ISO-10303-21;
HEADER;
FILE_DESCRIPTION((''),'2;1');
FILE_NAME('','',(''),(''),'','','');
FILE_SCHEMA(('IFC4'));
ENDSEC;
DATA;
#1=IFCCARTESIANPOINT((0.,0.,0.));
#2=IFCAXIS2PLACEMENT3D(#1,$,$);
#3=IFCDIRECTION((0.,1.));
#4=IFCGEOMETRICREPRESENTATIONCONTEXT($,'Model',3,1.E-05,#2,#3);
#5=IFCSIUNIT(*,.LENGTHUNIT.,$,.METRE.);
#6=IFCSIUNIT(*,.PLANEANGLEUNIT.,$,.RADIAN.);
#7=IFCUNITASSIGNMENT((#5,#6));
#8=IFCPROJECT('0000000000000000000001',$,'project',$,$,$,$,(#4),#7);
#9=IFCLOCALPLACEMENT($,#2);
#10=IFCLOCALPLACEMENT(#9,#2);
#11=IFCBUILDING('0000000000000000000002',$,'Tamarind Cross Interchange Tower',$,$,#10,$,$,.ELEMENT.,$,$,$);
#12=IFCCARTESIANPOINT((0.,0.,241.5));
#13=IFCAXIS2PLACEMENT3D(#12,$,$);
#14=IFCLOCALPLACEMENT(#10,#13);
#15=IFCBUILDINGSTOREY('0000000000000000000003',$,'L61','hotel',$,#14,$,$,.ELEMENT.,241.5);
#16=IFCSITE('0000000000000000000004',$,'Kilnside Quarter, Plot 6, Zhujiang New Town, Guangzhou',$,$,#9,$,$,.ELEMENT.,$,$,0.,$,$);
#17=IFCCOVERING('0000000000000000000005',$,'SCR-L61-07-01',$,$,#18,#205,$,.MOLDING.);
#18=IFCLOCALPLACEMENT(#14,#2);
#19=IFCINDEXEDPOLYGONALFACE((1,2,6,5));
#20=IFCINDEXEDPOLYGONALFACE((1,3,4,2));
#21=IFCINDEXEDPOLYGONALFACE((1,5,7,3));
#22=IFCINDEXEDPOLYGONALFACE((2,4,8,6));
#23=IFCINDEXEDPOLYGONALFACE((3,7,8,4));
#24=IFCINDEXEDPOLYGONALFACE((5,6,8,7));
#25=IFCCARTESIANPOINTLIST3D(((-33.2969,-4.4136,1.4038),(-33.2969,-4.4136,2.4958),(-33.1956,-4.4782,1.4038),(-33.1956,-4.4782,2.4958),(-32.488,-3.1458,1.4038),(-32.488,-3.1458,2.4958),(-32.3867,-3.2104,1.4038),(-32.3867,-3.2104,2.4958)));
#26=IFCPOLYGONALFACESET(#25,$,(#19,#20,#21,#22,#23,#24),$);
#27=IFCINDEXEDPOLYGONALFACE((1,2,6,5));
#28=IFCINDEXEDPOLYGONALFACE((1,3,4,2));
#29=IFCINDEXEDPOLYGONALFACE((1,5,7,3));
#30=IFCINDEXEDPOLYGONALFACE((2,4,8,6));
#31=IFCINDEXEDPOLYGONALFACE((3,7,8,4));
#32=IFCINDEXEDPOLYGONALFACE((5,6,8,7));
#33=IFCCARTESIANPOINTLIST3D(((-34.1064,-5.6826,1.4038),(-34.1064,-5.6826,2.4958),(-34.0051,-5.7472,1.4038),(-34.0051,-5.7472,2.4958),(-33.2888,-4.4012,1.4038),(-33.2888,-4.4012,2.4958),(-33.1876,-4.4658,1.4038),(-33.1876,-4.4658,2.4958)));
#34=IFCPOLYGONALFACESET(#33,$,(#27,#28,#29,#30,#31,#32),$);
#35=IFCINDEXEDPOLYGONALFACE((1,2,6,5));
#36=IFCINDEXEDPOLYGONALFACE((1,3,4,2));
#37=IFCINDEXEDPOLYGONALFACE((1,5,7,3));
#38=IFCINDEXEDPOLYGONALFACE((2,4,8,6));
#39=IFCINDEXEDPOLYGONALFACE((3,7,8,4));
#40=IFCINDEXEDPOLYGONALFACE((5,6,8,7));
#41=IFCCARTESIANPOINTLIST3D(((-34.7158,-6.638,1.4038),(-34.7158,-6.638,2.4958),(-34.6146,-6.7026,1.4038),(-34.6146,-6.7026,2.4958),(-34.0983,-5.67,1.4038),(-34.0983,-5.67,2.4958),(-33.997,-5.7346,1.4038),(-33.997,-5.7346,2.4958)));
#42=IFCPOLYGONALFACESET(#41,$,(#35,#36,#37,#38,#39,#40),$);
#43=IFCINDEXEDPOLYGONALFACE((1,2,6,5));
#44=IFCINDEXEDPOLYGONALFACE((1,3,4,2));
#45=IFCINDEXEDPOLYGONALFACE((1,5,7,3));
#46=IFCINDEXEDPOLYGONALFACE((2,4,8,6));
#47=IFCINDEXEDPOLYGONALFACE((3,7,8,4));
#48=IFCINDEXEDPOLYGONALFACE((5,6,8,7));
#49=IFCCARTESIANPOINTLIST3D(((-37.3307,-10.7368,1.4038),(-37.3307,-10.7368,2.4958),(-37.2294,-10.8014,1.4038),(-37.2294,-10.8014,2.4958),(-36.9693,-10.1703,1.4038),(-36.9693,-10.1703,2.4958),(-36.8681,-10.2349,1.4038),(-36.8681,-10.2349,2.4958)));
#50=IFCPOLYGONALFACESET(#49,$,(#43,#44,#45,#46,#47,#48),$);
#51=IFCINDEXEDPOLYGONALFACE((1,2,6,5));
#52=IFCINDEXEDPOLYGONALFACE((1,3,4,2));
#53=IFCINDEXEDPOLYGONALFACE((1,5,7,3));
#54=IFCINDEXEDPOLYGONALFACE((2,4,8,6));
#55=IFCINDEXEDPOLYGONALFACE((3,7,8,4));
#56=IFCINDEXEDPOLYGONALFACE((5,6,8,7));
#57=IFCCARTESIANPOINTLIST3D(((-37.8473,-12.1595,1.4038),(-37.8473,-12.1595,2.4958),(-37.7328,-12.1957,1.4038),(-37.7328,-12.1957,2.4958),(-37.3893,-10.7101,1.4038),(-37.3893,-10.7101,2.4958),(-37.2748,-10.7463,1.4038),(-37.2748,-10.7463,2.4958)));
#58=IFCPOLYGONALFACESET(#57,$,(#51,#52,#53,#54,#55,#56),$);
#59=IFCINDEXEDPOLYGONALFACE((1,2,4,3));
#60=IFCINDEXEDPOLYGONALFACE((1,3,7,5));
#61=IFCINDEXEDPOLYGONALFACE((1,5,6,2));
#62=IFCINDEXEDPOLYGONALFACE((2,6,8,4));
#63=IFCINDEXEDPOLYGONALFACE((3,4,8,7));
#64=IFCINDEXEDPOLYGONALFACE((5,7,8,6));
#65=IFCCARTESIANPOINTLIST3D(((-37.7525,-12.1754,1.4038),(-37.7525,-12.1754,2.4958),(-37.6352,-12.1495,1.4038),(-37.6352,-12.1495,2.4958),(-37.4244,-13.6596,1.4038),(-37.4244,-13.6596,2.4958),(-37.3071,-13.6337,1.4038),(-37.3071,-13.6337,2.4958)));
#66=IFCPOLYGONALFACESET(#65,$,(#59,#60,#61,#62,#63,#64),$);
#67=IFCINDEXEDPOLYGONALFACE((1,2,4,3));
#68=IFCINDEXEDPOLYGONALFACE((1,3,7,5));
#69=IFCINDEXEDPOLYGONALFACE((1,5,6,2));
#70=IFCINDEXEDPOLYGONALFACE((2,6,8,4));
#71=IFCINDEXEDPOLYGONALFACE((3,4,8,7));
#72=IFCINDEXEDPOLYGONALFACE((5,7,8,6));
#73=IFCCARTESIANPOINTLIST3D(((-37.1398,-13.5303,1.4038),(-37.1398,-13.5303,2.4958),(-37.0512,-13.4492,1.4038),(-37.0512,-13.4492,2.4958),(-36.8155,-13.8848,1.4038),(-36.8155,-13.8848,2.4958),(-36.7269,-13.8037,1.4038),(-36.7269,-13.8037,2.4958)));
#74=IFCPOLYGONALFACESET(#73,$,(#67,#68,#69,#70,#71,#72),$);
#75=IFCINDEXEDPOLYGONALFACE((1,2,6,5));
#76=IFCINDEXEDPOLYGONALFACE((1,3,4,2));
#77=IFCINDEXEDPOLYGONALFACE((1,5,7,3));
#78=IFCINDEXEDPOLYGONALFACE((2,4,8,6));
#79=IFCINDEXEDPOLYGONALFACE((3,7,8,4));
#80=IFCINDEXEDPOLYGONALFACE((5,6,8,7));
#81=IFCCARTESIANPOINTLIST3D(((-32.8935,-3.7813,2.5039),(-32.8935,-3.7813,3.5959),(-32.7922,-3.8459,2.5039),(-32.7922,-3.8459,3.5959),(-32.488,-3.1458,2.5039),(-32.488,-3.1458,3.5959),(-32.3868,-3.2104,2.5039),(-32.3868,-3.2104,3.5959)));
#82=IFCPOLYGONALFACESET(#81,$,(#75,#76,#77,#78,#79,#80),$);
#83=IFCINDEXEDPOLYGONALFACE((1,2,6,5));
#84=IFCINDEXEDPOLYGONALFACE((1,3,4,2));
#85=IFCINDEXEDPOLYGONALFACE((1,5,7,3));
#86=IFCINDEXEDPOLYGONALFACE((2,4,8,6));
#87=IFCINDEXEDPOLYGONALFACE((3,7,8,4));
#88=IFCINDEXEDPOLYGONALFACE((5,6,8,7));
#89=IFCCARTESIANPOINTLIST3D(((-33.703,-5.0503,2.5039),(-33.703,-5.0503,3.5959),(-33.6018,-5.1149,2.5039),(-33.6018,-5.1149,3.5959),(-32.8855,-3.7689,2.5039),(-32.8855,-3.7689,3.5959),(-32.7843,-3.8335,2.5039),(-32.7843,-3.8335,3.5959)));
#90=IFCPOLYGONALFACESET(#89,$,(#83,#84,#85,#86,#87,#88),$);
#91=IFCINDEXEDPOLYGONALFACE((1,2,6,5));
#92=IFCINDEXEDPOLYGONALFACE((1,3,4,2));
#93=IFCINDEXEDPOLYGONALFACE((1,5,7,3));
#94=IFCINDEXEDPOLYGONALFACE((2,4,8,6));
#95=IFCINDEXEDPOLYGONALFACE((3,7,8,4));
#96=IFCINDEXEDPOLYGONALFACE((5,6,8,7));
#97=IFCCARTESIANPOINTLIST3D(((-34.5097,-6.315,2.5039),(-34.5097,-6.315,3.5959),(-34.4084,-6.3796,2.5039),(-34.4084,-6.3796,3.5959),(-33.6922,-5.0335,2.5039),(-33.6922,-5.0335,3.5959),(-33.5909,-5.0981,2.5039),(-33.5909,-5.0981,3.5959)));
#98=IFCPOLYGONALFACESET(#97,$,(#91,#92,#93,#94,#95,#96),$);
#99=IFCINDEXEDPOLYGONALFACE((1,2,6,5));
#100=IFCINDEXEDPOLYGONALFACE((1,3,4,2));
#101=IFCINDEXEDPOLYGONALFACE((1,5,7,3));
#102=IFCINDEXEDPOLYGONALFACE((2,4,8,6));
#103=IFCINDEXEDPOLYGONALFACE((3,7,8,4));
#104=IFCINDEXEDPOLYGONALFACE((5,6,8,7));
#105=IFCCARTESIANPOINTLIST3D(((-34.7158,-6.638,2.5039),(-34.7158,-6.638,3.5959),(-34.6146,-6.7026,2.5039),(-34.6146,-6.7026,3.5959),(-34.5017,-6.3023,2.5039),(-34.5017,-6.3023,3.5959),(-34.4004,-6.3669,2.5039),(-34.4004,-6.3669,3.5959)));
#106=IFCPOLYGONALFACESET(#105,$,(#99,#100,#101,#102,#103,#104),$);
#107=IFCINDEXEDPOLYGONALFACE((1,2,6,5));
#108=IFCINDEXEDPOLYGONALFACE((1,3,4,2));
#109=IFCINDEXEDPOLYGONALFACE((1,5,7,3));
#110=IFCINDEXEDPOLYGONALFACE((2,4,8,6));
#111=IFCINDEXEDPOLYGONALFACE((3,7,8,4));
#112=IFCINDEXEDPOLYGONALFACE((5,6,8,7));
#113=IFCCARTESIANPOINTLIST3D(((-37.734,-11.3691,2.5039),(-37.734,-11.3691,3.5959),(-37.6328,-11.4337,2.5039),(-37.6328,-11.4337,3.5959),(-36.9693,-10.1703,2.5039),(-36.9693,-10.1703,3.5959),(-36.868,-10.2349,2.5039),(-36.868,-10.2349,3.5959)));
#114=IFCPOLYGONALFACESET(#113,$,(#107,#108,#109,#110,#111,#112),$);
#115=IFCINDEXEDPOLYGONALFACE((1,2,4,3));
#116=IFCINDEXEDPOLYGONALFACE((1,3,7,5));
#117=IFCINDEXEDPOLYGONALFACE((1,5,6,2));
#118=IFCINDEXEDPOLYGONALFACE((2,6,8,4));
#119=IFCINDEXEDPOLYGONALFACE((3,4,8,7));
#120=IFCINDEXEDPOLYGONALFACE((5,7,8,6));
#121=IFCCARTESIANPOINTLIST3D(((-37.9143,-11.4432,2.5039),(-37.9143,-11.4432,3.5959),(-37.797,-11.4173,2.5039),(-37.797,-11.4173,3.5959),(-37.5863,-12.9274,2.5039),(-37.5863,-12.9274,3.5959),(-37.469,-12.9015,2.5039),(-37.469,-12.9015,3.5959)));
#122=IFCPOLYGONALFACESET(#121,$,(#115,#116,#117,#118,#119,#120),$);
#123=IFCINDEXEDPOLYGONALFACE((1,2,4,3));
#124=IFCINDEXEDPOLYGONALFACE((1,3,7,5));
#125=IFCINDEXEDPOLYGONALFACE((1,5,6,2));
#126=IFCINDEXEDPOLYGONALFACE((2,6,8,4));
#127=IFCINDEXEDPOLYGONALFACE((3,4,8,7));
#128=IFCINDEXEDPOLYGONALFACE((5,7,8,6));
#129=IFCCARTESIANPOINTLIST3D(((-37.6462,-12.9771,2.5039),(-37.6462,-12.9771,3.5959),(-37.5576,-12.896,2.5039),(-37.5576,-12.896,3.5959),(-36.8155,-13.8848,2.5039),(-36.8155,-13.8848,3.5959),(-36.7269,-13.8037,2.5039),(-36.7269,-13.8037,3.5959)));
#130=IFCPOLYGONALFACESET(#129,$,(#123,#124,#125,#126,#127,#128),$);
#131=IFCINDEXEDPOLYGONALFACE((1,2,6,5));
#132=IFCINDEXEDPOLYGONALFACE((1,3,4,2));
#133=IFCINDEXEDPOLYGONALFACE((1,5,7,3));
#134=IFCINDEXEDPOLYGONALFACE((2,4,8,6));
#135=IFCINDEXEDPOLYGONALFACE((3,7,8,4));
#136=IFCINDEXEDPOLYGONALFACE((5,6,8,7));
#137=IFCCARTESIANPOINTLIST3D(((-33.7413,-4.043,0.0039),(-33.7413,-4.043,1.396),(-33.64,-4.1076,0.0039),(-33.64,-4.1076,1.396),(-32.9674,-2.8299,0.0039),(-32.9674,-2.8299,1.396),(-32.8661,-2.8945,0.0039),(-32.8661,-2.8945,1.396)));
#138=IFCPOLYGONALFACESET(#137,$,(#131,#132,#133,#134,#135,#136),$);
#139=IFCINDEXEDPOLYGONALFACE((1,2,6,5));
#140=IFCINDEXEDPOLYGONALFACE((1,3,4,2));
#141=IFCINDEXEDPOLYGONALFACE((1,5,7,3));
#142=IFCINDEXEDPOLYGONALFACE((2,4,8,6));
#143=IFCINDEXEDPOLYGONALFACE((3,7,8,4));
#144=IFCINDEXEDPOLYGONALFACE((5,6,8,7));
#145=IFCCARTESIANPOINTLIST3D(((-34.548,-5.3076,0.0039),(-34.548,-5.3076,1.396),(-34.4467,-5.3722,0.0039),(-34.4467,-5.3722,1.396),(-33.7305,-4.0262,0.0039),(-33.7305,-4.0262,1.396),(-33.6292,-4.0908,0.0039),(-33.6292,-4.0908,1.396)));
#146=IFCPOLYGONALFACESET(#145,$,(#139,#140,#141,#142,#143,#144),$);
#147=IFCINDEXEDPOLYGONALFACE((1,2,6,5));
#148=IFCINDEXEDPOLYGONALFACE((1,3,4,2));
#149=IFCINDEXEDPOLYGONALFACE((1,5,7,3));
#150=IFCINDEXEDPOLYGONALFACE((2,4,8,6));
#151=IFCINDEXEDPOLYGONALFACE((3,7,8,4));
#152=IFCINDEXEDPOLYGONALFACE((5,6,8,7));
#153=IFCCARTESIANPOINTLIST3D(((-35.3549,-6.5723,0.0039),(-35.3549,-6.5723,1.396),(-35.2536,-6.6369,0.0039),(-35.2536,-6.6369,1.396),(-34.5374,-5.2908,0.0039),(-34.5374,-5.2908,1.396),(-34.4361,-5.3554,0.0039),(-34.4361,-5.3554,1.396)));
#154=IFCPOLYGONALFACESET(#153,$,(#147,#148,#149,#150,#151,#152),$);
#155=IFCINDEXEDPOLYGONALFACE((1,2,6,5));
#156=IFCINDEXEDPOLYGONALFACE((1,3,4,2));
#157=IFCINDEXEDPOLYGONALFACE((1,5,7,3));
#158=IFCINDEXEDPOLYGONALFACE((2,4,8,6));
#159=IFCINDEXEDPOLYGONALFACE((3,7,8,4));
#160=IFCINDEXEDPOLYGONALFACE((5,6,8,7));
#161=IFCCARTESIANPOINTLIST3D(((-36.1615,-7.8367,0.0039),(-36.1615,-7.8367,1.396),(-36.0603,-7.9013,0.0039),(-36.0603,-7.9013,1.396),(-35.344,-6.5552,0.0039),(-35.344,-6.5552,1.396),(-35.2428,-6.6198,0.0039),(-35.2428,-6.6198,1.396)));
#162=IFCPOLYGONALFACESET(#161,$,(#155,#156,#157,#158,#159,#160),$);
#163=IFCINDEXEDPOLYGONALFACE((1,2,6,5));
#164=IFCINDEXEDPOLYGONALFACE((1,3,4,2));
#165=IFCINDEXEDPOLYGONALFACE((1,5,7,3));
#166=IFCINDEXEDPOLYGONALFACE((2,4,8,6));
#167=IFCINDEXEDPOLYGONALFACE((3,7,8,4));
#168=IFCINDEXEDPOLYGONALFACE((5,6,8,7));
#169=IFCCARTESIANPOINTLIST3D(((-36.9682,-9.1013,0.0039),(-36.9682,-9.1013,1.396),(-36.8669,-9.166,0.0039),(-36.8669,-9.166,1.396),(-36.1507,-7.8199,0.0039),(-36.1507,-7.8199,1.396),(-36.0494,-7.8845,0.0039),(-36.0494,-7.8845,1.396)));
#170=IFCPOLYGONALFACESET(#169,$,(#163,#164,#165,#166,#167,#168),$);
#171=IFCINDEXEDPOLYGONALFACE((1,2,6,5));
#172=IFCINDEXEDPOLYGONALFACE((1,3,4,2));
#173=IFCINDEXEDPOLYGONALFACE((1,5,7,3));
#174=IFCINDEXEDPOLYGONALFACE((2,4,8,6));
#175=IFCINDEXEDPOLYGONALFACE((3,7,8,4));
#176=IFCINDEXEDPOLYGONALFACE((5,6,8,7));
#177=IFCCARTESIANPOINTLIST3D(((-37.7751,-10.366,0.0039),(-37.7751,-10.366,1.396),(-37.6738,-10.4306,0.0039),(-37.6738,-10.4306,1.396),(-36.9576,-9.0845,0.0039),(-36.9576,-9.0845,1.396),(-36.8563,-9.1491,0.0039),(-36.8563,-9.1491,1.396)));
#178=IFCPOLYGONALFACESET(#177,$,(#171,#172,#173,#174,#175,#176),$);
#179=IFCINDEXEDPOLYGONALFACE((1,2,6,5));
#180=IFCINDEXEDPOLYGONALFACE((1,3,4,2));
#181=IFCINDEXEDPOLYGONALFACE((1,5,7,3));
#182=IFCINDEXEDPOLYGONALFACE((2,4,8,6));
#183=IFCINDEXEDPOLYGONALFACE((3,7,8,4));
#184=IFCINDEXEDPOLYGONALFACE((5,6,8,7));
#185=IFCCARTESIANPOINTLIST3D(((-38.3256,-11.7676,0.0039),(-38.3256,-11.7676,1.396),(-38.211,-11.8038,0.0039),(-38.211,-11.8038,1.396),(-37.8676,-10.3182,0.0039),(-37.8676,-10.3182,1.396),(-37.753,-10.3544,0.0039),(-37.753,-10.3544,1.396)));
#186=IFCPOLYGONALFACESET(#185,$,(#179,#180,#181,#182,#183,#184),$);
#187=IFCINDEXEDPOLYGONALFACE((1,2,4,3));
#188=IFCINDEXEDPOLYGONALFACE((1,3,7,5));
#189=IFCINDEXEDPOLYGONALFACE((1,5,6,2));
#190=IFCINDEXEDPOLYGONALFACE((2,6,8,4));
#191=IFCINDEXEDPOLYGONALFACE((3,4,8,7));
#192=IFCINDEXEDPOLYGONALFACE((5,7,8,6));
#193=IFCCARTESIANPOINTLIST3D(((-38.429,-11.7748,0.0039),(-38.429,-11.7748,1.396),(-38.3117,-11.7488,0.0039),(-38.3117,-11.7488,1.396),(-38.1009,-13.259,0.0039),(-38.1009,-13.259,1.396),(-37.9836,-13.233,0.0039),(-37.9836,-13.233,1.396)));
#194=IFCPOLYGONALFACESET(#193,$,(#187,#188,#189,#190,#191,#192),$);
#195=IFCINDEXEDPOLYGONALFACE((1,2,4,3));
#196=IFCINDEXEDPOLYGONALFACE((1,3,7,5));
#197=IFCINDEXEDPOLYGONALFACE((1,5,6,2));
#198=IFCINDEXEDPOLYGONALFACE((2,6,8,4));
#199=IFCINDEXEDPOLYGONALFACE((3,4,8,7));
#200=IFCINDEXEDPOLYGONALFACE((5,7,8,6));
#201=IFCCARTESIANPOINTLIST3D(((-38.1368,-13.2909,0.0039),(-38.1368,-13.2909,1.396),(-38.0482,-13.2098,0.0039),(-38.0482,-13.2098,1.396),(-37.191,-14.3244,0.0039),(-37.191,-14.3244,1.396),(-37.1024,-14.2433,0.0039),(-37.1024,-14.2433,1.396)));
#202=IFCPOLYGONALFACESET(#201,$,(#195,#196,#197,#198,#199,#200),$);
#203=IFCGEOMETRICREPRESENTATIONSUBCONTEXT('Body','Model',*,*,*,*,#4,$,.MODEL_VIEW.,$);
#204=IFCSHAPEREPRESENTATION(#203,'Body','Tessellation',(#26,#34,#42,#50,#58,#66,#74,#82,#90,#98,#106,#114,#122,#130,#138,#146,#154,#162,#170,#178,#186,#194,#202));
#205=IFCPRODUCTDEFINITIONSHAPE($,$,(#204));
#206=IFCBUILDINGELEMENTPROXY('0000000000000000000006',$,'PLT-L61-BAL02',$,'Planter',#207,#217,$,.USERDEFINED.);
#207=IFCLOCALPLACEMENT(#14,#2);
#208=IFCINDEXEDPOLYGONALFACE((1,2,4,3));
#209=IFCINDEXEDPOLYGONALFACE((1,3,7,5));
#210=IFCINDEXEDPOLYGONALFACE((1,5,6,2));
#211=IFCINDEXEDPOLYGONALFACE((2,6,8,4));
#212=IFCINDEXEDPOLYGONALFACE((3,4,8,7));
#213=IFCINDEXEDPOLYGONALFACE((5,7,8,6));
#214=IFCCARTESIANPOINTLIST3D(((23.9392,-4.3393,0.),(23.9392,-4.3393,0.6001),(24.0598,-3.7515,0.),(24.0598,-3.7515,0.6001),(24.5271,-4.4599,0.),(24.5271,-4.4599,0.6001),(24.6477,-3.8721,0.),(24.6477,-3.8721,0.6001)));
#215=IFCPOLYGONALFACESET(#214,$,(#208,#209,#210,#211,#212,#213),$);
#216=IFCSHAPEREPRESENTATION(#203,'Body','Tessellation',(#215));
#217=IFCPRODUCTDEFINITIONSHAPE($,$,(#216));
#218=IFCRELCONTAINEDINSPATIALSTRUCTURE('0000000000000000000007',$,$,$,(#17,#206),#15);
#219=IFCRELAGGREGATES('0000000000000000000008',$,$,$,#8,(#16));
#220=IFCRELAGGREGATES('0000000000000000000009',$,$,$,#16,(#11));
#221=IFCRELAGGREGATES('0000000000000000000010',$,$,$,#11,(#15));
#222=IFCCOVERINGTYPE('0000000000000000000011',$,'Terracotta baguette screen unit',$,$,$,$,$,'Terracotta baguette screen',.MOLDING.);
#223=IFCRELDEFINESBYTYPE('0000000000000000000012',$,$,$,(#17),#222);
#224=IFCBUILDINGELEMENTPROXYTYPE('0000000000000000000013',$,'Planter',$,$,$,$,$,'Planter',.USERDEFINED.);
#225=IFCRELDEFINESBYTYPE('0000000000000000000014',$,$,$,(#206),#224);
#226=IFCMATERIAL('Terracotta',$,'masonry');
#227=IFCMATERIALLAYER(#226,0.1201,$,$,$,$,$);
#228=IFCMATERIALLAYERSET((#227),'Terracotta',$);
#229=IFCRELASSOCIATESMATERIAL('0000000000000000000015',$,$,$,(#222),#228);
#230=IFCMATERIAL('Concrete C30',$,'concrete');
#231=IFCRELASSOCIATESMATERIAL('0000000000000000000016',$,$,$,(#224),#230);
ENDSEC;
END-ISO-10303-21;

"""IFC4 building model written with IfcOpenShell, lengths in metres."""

from ifc_helpers import new_model, si_unit, direction, frame, origin, origin_2d, place, context, subcontext, project, spatial, rectangle, extrude, material, layer, layer_set, type_object, element, save


model = new_model("IFC4")

# Units and contexts
model_context = context("Model", 3, precision=1e-05, world=origin(), true_north=direction((0.0, 1.0)))
body_context = subcontext(model_context, "Body", "Model", "MODEL_VIEW")
ifc_project = project(units=[si_unit("LENGTHUNIT", "METRE"), si_unit("PLANEANGLEUNIT", "RADIAN")], contexts=[model_context])

# Site, building, storey
site_placement = place(None, origin())
site = spatial("IfcSite", under=ifc_project, at=site_placement, Name="Kilnside Quarter, Plot 6, Zhujiang New Town, Guangzhou", CompositionType="ELEMENT", RefElevation=0.0)
building_placement = place(site_placement, origin())
building = spatial("IfcBuilding", under=site, at=building_placement, Name="Tamarind Cross Interchange Tower", CompositionType="ELEMENT")
storey_placement = place(building_placement, frame((0.0, 0.0, 241.5)))
storey = spatial("IfcBuildingStorey", under=building, at=storey_placement, Name="L61", Description="hotel", CompositionType="ELEMENT", Elevation=241.5)

# Covering
ifc_material_1 = material(Name="Terracotta", Category="masonry")
ifc_layer_1 = layer(ifc_material_1, 0.1201)
ifc_layer_set_1 = layer_set([ifc_layer_1], Name="Terracotta")
covering_type = type_object("IfcCoveringType", Name="Terracotta baguette screen unit", ElementType="Terracotta baguette screen", PredefinedType="MOLDING", material=ifc_layer_set_1)
covering_1_placement = place(storey_placement, origin())
element("IfcCovering", 1, at=covering_1_placement, inside=storey, type_object=covering_type, Name="SCR-L61-07-01", PredefinedType="MOLDING", context=body_context, shape_type="SweptSolid", body=[
    extrude(rectangle(XDim=1.5039, YDim=0.1201, at=origin_2d()), frame((-32.8418, -3.812, 1.4038), z_axis=(0.0, 0.0, 1.0), x_axis=(-0.537829, -0.843054, 0.0)), (0.0, 0.0, 1.0), 1.092),
    extrude(rectangle(XDim=1.52, YDim=0.1201, at=origin_2d()), frame((-33.647, -5.0742, 1.4038), z_axis=(0.0, 0.0, 1.0), x_axis=(-0.537829, -0.843054, 0.0)), (0.0, 0.0, 1.0), 1.092),
    extrude(rectangle(XDim=1.1482, YDim=0.1201, at=origin_2d()), frame((-34.3564, -6.1863, 1.4038), z_axis=(0.0, 0.0, 1.0), x_axis=(-0.537829, -0.843054, 0.0)), (0.0, 0.0, 1.0), 1.092),
    extrude(rectangle(XDim=0.6719, YDim=0.1201, at=origin_2d()), frame((-37.0994, -10.4858, 1.4038), z_axis=(0.0, 0.0, 1.0), x_axis=(-0.537829, -0.843054, 0.0)), (0.0, 0.0, 1.0), 1.092),
    extrude(rectangle(XDim=1.52, YDim=0.1201, at=origin_2d()), frame((-37.561, -11.4529, 1.4038), z_axis=(0.0, 0.0, 1.0), x_axis=(-0.301305, -0.953528, 0.0)), (0.0, 0.0, 1.0), 1.092),
    extrude(rectangle(XDim=1.52, YDim=0.1201, at=origin_2d()), frame((-37.5298, -12.9045, 1.4038), z_axis=(0.0, 0.0, 1.0), x_axis=(0.215826, -0.976432, 0.0)), (0.0, 0.0, 1.0), 1.092),
    extrude(rectangle(XDim=0.4805, YDim=0.1201, at=origin_2d()), frame((-36.9333, -13.667, 1.4038), z_axis=(0.0, 0.0, 1.0), x_axis=(0.675127, -0.737702, 0.0)), (0.0, 0.0, 1.0), 1.092),
    extrude(rectangle(XDim=0.7539, YDim=0.1201, at=origin_2d()), frame((-32.6401, -3.4958, 2.5039), z_axis=(0.0, 0.0, 1.0), x_axis=(-0.537829, -0.843054, 0.0)), (0.0, 0.0, 1.0), 1.092),
    extrude(rectangle(XDim=1.52, YDim=0.1201, at=origin_2d()), frame((-33.2437, -4.4419, 2.5039), z_axis=(0.0, 0.0, 1.0), x_axis=(-0.537829, -0.843054, 0.0)), (0.0, 0.0, 1.0), 1.092),
    extrude(rectangle(XDim=1.52, YDim=0.1201, at=origin_2d()), frame((-34.0503, -5.7065, 2.5039), z_axis=(0.0, 0.0, 1.0), x_axis=(-0.537829, -0.843054, 0.0)), (0.0, 0.0, 1.0), 1.092),
    extrude(rectangle(XDim=0.3982, YDim=0.1201, at=origin_2d()), frame((-34.5581, -6.5024, 2.5039), z_axis=(0.0, 0.0, 1.0), x_axis=(-0.537829, -0.843054, 0.0)), (0.0, 0.0, 1.0), 1.092),
    extrude(rectangle(XDim=1.4219, YDim=0.1201, at=origin_2d()), frame((-37.301, -10.802, 2.5039), z_axis=(0.0, 0.0, 1.0), x_axis=(-0.537829, -0.843054, 0.0)), (0.0, 0.0, 1.0), 1.092),
    extrude(rectangle(XDim=1.52, YDim=0.1201, at=origin_2d()), frame((-37.6917, -12.1724, 2.5039), z_axis=(0.0, 0.0, 1.0), x_axis=(0.215826, -0.976432, 0.0)), (0.0, 0.0, 1.0), 1.092),
    extrude(rectangle(XDim=1.2305, YDim=0.1201, at=origin_2d()), frame((-37.1865, -13.3904, 2.5039), z_axis=(0.0, 0.0, 1.0), x_axis=(0.675127, -0.737702, 0.0)), (0.0, 0.0, 1.0), 1.092),
    extrude(rectangle(XDim=1.439, YDim=0.1201, at=origin_2d()), frame((-33.3037, -3.4688, 0.0039), z_axis=(0.0, 0.0, 1.0), x_axis=(-0.537829, -0.843054, 0.0)), (0.0, 0.0, 1.0), 1.3921),
    extrude(rectangle(XDim=1.52, YDim=0.1201, at=origin_2d()), frame((-34.0886, -4.6992, 0.0039), z_axis=(0.0, 0.0, 1.0), x_axis=(-0.537829, -0.843054, 0.0)), (0.0, 0.0, 1.0), 1.3921),
    extrude(rectangle(XDim=1.52, YDim=0.1201, at=origin_2d()), frame((-34.8955, -5.9639, 0.0039), z_axis=(0.0, 0.0, 1.0), x_axis=(-0.537829, -0.843054, 0.0)), (0.0, 0.0, 1.0), 1.3921),
    extrude(rectangle(XDim=1.52, YDim=0.1201, at=origin_2d()), frame((-35.7021, -7.2283, 0.0039), z_axis=(0.0, 0.0, 1.0), x_axis=(-0.537829, -0.843054, 0.0)), (0.0, 0.0, 1.0), 1.3921),
    extrude(rectangle(XDim=1.52, YDim=0.1201, at=origin_2d()), frame((-36.5088, -8.4929, 0.0039), z_axis=(0.0, 0.0, 1.0), x_axis=(-0.537829, -0.843054, 0.0)), (0.0, 0.0, 1.0), 1.3921),
    extrude(rectangle(XDim=1.52, YDim=0.1201, at=origin_2d()), frame((-37.3157, -9.7576, 0.0039), z_axis=(0.0, 0.0, 1.0), x_axis=(-0.537829, -0.843054, 0.0)), (0.0, 0.0, 1.0), 1.3921),
    extrude(rectangle(XDim=1.52, YDim=0.1201, at=origin_2d()), frame((-38.0393, -11.061, 0.0039), z_axis=(0.0, 0.0, 1.0), x_axis=(-0.301305, -0.953528, 0.0)), (0.0, 0.0, 1.0), 1.3921),
    extrude(rectangle(XDim=1.52, YDim=0.1201, at=origin_2d()), frame((-38.2063, -12.5039, 0.0039), z_axis=(0.0, 0.0, 1.0), x_axis=(0.215826, -0.976432, 0.0)), (0.0, 0.0, 1.0), 1.3921),
    extrude(rectangle(XDim=1.4009, YDim=0.1201, at=origin_2d()), frame((-37.6196, -13.7671, 0.0039), z_axis=(0.0, 0.0, 1.0), x_axis=(0.675127, -0.737702, 0.0)), (0.0, 0.0, 1.0), 1.3921),
])

# Building element proxy
ifc_material_2 = material(Name="Concrete C30", Category="concrete")
building_element_proxy_type = type_object("IfcBuildingElementProxyType", Name="Planter", ElementType="Planter", PredefinedType="USERDEFINED", material=ifc_material_2)
proxy_placement = place(storey_placement, origin())
element("IfcBuildingElementProxy", 2, at=proxy_placement, inside=storey, type_object=building_element_proxy_type, Name="PLT-L61-BAL02", ObjectType="Planter", PredefinedType="USERDEFINED", context=body_context, shape_type="SweptSolid", body=[
    extrude(rectangle(XDim=0.6001, YDim=0.6001, at=origin_2d()), frame((24.2935, -4.1057, 0.0), z_axis=(0.0, 0.0, 1.0), x_axis=(0.201001, 0.979591, 0.0)), (0.0, 0.0, 1.0), 0.6001),
])

save(model, "model.ifc")
